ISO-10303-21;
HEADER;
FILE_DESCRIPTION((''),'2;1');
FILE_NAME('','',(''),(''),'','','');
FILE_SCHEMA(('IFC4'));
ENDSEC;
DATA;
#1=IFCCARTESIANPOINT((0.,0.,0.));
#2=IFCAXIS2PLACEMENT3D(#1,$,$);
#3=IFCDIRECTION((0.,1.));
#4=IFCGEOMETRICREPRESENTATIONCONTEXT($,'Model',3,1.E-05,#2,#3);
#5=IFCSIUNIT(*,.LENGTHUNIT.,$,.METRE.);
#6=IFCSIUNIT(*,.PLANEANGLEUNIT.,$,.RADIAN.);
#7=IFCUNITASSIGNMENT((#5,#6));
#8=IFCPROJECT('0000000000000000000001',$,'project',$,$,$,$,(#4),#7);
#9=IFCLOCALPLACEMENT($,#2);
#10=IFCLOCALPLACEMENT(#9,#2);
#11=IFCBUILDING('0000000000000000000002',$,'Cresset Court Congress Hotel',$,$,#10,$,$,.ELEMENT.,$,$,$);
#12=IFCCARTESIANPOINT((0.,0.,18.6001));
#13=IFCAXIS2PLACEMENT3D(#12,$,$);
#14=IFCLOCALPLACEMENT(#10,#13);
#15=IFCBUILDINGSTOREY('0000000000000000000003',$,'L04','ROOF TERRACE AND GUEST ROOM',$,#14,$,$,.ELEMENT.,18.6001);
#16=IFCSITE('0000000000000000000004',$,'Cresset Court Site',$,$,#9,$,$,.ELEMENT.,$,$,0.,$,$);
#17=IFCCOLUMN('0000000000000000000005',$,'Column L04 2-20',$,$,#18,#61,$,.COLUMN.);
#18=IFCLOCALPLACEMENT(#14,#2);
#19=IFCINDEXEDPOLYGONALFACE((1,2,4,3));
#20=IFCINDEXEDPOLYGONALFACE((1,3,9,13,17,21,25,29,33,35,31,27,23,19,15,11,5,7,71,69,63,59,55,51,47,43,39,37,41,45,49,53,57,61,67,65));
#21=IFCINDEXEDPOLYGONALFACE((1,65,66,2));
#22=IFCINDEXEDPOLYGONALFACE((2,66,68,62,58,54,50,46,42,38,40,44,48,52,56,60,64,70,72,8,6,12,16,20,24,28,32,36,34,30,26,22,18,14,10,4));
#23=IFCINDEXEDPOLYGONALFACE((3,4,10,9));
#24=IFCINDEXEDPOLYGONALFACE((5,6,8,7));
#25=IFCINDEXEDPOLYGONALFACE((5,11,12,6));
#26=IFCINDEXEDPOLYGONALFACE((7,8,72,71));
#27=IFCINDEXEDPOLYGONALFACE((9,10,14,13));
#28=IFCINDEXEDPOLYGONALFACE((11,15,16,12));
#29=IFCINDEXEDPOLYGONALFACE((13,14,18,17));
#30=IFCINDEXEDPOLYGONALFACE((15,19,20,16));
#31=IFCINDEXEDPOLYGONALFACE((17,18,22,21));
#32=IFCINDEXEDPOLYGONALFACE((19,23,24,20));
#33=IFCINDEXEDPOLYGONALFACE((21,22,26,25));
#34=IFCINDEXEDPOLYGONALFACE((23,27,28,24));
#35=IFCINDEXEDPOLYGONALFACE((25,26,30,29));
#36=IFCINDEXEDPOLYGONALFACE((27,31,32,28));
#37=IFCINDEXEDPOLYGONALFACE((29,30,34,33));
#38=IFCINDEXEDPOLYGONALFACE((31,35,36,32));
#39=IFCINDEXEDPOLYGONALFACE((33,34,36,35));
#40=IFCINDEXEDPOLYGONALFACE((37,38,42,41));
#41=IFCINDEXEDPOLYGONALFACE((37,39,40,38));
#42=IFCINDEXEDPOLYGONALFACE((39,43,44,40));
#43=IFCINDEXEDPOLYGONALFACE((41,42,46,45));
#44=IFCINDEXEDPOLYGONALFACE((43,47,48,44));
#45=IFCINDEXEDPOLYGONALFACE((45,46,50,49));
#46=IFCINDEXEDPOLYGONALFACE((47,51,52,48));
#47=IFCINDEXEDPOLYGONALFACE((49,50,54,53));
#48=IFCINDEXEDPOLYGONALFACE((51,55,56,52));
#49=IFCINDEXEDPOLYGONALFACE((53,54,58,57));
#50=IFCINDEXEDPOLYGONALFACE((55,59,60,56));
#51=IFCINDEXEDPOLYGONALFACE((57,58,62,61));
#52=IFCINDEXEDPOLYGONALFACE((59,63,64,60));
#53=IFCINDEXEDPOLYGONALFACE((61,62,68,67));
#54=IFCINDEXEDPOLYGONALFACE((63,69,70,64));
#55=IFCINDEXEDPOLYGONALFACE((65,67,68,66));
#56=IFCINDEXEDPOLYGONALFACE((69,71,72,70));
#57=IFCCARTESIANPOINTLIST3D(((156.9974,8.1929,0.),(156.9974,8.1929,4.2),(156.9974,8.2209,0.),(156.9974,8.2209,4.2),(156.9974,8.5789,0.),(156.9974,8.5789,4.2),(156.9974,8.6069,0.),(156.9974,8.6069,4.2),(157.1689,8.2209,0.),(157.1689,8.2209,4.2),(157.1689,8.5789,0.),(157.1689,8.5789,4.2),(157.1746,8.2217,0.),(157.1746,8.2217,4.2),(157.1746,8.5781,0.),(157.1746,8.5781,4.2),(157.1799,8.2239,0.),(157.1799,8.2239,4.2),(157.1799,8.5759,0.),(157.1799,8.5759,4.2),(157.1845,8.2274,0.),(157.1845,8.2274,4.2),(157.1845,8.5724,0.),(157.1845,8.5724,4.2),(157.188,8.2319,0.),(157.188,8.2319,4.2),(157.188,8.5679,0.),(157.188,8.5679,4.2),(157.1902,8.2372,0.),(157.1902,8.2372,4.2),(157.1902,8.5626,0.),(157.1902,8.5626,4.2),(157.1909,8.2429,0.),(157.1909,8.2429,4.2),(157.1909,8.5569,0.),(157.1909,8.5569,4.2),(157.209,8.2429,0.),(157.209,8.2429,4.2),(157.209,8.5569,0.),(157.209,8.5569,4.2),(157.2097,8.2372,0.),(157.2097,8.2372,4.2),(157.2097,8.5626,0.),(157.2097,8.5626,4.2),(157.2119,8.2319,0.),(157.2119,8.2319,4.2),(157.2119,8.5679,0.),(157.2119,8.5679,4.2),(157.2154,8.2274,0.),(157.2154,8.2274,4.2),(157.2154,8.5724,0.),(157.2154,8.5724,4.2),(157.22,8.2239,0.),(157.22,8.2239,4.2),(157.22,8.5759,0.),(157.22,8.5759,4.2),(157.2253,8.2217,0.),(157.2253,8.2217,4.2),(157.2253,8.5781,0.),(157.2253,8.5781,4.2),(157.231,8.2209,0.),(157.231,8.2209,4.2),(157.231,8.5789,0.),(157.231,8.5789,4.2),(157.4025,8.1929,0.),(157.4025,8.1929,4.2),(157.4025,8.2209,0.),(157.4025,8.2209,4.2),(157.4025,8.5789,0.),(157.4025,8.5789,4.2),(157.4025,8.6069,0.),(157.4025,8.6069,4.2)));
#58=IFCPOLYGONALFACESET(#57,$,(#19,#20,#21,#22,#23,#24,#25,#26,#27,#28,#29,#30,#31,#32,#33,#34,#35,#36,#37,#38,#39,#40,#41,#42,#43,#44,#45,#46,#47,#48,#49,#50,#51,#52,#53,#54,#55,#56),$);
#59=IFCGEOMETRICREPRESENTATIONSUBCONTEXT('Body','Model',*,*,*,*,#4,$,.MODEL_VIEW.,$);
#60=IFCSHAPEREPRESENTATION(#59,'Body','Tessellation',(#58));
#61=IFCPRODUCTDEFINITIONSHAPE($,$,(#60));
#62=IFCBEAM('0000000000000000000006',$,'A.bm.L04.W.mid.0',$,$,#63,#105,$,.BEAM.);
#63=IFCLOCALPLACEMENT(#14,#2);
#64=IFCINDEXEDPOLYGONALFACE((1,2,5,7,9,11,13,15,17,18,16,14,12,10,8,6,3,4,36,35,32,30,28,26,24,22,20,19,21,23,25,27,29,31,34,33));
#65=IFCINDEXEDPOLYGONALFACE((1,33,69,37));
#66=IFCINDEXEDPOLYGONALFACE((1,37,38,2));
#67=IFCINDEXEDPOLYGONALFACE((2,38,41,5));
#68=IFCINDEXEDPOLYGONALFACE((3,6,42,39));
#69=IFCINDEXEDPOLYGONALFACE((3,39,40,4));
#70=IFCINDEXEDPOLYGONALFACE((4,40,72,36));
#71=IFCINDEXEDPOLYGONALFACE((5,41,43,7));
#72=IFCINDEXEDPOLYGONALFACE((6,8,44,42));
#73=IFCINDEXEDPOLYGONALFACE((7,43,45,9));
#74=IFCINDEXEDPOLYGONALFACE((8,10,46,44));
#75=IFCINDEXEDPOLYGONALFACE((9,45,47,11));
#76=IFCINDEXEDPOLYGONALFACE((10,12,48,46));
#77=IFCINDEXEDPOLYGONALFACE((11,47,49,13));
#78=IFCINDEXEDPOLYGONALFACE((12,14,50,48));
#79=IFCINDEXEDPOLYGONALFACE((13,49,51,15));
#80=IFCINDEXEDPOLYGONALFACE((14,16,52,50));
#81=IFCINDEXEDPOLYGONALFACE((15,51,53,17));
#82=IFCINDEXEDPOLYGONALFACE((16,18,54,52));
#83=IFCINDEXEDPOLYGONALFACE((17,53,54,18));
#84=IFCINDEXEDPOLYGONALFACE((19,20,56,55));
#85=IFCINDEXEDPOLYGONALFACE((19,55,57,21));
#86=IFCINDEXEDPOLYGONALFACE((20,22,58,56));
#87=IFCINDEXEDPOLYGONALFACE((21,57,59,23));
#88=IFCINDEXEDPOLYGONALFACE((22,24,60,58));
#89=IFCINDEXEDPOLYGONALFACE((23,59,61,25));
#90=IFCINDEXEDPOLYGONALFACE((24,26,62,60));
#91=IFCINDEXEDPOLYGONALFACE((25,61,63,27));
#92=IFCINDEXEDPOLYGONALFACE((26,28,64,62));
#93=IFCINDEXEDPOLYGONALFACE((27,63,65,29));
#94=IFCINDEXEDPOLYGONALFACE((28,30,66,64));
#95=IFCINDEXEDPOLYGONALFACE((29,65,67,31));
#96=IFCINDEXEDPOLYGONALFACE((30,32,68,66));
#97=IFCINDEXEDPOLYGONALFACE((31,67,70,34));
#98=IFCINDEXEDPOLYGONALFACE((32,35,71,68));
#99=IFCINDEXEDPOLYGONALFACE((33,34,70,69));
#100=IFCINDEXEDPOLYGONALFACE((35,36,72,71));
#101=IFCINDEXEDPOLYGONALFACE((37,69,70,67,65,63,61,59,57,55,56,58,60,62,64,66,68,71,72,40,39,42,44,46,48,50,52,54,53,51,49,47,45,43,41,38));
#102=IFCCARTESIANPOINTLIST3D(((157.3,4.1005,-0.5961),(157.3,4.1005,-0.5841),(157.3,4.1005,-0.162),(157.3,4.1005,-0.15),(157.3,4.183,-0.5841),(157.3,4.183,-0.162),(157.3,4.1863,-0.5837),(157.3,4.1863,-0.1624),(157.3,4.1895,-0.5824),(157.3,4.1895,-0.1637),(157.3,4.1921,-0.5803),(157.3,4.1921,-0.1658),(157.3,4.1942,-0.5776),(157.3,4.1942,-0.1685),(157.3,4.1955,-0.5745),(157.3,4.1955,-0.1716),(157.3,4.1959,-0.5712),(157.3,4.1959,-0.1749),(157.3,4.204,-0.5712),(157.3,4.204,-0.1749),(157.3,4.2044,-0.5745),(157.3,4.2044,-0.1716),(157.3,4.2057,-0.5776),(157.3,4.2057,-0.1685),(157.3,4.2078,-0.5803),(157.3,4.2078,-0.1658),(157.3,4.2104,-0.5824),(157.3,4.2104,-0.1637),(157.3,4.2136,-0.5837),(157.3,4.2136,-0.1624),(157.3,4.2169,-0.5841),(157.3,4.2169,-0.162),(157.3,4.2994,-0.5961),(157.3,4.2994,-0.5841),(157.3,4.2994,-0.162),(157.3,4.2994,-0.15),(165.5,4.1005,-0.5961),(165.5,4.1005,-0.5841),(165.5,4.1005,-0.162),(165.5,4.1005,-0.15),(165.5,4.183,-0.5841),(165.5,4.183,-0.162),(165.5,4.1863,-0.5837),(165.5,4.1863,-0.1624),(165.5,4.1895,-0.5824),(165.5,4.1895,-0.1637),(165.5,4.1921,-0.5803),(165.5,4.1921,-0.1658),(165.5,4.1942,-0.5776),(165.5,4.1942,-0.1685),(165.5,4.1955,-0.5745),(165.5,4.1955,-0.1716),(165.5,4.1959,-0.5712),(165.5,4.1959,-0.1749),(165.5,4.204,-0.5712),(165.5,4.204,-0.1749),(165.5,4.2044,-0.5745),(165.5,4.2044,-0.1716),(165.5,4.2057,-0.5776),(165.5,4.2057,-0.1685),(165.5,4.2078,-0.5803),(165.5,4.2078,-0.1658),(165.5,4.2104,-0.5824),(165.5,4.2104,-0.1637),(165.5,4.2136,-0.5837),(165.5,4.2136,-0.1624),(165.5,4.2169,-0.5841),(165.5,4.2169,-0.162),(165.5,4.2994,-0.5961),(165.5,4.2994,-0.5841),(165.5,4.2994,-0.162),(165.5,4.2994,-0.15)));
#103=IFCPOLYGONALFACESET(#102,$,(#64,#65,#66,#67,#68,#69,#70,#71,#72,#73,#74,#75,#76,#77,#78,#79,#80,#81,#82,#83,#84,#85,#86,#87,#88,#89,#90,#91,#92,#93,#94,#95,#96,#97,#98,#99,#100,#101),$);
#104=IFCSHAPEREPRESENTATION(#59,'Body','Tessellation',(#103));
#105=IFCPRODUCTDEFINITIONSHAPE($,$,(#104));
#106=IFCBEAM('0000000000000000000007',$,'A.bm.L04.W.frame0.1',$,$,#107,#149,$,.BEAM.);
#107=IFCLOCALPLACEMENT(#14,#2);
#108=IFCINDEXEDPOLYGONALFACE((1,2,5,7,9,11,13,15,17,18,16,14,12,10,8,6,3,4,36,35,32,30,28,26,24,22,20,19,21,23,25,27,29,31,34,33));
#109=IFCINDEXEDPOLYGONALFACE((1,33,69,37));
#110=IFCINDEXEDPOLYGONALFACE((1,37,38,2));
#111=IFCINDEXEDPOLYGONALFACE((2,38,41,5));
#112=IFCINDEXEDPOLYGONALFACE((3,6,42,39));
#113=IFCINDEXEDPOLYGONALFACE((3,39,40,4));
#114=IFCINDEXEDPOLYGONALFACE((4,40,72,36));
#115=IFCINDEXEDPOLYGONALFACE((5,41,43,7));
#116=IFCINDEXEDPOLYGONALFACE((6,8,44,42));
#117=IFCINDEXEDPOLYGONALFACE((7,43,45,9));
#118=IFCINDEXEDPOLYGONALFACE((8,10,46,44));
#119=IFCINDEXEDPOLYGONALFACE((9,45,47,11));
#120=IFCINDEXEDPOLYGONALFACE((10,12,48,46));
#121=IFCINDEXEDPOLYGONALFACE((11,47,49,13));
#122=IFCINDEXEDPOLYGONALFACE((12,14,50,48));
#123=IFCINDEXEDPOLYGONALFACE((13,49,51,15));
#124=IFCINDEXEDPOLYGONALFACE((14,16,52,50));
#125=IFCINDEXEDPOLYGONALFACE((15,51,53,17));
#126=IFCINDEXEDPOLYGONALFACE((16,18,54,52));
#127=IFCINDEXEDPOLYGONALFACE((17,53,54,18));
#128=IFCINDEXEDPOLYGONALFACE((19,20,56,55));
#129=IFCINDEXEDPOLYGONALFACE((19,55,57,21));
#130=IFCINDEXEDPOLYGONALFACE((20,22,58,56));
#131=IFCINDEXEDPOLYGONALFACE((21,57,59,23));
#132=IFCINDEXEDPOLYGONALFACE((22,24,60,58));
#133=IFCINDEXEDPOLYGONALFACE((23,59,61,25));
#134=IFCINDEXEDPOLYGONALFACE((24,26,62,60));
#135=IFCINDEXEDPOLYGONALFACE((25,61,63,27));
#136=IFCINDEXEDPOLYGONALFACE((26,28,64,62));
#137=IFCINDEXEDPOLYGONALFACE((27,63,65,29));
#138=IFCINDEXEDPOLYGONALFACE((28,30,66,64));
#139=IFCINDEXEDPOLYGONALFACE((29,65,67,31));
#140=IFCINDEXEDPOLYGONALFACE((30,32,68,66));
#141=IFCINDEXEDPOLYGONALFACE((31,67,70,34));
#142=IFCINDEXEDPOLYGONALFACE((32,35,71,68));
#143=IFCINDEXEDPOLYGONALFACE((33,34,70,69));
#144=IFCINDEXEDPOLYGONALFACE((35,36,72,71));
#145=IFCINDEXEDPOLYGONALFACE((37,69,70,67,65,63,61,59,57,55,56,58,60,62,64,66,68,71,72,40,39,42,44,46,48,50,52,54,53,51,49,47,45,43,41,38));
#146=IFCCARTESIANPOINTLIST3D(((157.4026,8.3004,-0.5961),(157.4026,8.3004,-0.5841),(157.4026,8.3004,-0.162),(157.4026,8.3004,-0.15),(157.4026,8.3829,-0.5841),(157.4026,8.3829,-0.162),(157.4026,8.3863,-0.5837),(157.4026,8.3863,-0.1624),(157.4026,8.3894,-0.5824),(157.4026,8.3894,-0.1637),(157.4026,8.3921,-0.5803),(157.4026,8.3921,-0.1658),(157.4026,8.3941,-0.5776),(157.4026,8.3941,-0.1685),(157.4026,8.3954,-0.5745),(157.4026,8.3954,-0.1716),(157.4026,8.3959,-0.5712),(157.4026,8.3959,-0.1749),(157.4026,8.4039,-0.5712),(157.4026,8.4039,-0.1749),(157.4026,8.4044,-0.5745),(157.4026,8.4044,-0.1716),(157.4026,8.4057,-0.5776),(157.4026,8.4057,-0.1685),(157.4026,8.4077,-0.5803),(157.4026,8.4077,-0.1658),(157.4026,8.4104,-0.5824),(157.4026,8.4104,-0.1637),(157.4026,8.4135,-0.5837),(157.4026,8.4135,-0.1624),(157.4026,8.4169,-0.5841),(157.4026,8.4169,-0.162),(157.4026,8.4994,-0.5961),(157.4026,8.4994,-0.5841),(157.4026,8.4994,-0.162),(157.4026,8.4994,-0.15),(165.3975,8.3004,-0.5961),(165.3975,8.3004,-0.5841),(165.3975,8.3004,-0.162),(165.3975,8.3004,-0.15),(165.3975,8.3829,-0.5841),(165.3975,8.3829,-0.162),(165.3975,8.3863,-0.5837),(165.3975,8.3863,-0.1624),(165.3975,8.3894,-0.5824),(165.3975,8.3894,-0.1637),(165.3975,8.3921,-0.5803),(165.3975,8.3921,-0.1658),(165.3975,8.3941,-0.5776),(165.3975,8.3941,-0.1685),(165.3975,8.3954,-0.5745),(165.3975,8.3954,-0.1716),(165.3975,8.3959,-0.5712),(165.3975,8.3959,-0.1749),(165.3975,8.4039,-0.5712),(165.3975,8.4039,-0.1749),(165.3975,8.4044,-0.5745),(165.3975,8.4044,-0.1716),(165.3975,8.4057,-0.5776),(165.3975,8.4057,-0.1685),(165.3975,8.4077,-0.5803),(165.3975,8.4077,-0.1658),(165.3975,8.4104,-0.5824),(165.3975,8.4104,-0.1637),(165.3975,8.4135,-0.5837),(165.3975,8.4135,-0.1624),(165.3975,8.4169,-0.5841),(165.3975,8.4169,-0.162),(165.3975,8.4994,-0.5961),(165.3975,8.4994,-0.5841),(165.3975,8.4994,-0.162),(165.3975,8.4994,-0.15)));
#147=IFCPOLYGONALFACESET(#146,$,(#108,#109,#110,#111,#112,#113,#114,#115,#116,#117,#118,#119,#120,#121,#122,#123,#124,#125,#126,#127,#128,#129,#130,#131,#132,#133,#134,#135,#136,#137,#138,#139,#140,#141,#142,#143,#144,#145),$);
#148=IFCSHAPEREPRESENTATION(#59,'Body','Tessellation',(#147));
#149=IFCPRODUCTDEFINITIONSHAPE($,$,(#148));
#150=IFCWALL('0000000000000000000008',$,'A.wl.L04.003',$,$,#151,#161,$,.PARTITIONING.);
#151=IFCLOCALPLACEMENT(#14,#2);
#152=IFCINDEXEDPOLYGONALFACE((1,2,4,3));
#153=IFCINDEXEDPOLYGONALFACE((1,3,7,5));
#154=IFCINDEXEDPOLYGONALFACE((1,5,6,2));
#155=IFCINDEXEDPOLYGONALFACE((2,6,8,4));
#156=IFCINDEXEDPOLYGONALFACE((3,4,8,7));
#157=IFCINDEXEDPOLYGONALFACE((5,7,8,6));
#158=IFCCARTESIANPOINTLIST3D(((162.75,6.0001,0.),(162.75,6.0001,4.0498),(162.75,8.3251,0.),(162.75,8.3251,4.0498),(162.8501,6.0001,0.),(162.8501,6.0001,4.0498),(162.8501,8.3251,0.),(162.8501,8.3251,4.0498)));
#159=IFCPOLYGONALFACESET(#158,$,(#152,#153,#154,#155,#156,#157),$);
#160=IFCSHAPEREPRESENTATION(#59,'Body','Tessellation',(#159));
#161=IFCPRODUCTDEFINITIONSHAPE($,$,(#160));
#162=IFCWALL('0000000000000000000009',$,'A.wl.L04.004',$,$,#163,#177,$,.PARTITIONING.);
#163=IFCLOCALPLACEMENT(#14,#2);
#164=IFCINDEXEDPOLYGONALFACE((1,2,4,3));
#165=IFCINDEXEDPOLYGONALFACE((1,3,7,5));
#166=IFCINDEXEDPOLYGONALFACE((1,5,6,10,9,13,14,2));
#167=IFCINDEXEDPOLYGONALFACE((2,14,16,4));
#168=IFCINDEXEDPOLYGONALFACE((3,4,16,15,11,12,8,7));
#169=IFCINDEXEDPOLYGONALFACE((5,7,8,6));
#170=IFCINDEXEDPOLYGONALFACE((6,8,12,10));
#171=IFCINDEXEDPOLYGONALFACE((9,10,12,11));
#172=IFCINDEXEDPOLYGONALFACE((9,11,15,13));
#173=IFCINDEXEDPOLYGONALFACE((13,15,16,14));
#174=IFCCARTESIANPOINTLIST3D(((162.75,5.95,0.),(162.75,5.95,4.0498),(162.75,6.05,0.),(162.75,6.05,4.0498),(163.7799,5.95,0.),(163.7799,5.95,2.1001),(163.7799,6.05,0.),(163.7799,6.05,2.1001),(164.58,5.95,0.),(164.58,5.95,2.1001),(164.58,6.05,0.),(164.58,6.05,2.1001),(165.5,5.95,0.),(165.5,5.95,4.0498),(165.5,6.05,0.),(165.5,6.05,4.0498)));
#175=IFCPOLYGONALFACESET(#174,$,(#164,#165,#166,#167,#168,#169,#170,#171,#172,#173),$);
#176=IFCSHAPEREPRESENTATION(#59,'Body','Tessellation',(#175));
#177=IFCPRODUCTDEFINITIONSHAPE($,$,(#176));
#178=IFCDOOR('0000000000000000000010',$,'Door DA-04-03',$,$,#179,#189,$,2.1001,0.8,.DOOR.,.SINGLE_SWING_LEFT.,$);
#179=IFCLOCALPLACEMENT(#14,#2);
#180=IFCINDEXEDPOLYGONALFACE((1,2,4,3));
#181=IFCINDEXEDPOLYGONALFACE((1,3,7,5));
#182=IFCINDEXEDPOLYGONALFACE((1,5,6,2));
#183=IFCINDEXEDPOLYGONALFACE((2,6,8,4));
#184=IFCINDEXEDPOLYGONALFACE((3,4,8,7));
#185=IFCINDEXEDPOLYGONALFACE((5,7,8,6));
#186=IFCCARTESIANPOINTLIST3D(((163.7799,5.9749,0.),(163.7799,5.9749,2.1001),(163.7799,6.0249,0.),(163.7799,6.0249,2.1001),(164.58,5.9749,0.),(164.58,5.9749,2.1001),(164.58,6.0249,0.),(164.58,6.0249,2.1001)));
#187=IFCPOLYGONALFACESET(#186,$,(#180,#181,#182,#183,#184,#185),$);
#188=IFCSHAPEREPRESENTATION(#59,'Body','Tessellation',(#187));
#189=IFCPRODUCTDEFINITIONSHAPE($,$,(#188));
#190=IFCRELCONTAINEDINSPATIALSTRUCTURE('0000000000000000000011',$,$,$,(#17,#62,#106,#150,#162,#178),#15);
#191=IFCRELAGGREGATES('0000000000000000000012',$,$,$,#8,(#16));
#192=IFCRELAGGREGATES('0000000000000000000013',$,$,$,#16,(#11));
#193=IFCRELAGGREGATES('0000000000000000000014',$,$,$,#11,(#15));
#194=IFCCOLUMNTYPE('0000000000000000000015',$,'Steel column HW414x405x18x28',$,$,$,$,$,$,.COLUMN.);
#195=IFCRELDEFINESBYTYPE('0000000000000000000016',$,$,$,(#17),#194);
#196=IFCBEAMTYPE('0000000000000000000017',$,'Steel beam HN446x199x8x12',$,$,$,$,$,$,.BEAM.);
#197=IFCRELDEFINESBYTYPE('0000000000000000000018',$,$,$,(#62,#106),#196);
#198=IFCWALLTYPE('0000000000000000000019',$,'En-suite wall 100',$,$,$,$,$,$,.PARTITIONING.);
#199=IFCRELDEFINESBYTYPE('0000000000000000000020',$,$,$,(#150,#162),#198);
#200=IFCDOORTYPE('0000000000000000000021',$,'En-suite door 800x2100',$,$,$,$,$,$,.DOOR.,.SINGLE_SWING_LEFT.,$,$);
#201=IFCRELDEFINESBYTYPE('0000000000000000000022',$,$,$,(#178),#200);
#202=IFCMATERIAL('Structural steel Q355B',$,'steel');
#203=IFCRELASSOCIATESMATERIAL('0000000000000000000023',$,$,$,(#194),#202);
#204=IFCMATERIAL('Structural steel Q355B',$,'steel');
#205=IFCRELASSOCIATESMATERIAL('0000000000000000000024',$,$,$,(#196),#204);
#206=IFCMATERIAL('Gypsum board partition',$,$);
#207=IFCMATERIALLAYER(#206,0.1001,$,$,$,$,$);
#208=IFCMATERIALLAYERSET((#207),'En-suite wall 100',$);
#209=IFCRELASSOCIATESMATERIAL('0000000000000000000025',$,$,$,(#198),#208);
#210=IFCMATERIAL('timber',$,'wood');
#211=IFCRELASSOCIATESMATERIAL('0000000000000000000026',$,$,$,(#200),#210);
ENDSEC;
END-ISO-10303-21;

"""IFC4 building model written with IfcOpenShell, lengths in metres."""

from ifc_helpers import new_model, si_unit, direction, frame, frame_2d, origin, origin_2d, place, context, subcontext, project, spatial, rectangle, i_section, extrude, material, layer, layer_set, material_profile, profile_set, type_object, element, fill, save


model = new_model("IFC4")

# Units and contexts
model_context = context("Model", 3, precision=1e-05, world=origin(), true_north=direction((0.0, 1.0)))
body_context = subcontext(model_context, "Body", "Model", "MODEL_VIEW")
ifc_project = project(units=[si_unit("LENGTHUNIT", "METRE"), si_unit("PLANEANGLEUNIT", "RADIAN")], contexts=[model_context])

# Site, building, storey
site_placement = place(None, origin())
site = spatial("IfcSite", under=ifc_project, at=site_placement, Name="Cresset Court Site", CompositionType="ELEMENT", RefElevation=0.0)
building_placement = place(site_placement, origin())
building = spatial("IfcBuilding", under=site, at=building_placement, Name="Cresset Court Congress Hotel", CompositionType="ELEMENT")
storey_placement = place(building_placement, frame((0.0, 0.0, 18.6001)))
storey = spatial("IfcBuildingStorey", under=building, at=storey_placement, Name="L04", Description="ROOF TERRACE AND GUEST ROOM", CompositionType="ELEMENT", Elevation=18.6001)

# Column
ifc_material_1 = material(Name="Structural steel Q355B", Category="steel")
ifc_material_profile_1 = material_profile(ifc_material_1, i_section(OverallWidth=0.405, OverallDepth=0.4141, WebThickness=0.0181, FlangeThickness=0.0281, FilletRadius=0.022, at=origin_2d()), Name="HW414x405x18x28")
ifc_profile_set_1 = profile_set([ifc_material_profile_1], Name="Structural steel Q355B")
column_type = type_object("IfcColumnType", Name="Steel column HW414x405x18x28", PredefinedType="COLUMN", material=ifc_profile_set_1)
column_placement = place(storey_placement, frame((157.2, 8.3999, 0.0), z_axis=(0.0, 0.0, 1.0), x_axis=(1.0, 0.0, 0.0)))
element("IfcColumn", 1, at=column_placement, inside=storey, type_object=column_type, Name="Column L04 2-20", PredefinedType="COLUMN", context=body_context, shape_type="SweptSolid", body=[
    extrude(i_section(OverallWidth=0.405, OverallDepth=0.4141, WebThickness=0.0181, FlangeThickness=0.0281, FilletRadius=0.022, at=origin_2d()), origin(), (0.0, 0.0, 1.0), 4.2),
])

# Beams
ifc_material_2 = material(Name="Structural steel Q355B", Category="steel")
ifc_material_profile_2 = material_profile(ifc_material_2, i_section(OverallWidth=0.199, OverallDepth=0.446, WebThickness=0.0081, FlangeThickness=0.012, FilletRadius=0.0129, at=origin_2d()), Name="HN446x199x8x12")
ifc_profile_set_2 = profile_set([ifc_material_profile_2], Name="Structural steel Q355B")
beam_type = type_object("IfcBeamType", Name="Steel beam HN446x199x8x12", PredefinedType="BEAM", material=ifc_profile_set_2)
beam_1_placement = place(storey_placement, frame((157.3, 4.2, -0.373), z_axis=(1.0, 0.0, 0.0), x_axis=(0.0, 1.0, 0.0)))
element("IfcBeam", 2, at=beam_1_placement, inside=storey, type_object=beam_type, Name="A.bm.L04.W.mid.0", PredefinedType="BEAM", context=body_context, shape_type="SweptSolid", body=[
    extrude(i_section(OverallWidth=0.199, OverallDepth=0.446, WebThickness=0.0081, FlangeThickness=0.012, FilletRadius=0.0129, at=origin_2d()), origin(), (0.0, 0.0, 1.0), 8.2),
])
beam_2_placement = place(storey_placement, frame((157.4026, 8.3999, -0.373), z_axis=(1.0, 0.0, 0.0), x_axis=(0.0, 1.0, 0.0)))
element("IfcBeam", 3, at=beam_2_placement, inside=storey, type_object=beam_type, Name="A.bm.L04.W.frame0.1", PredefinedType="BEAM", context=body_context, shape_type="SweptSolid", body=[
    extrude(i_section(OverallWidth=0.199, OverallDepth=0.446, WebThickness=0.0081, FlangeThickness=0.012, FilletRadius=0.0129, at=origin_2d()), origin(), (0.0, 0.0, 1.0), 7.9949),
])

# Wall
ifc_material_3 = material(Name="Gypsum board partition")
ifc_layer_1 = layer(ifc_material_3, 0.1001)
ifc_layer_set_1 = layer_set([ifc_layer_1], Name="En-suite wall 100")
wall_type_1 = type_object("IfcWallType", Name="En-suite wall 100", PredefinedType="PARTITIONING", material=ifc_layer_set_1)
wall_1_placement = place(storey_placement, frame((162.8, 6.0, 0.0), z_axis=(0.0, 0.0, 1.0), x_axis=(0.0, 1.0, 0.0)))
element("IfcWall", 4, at=wall_1_placement, inside=storey, type_object=wall_type_1, Name="A.wl.L04.003", PredefinedType="PARTITIONING", context=body_context, shape_type="SweptSolid", body=[
    extrude(rectangle(XDim=2.325, YDim=0.1001, at=frame_2d((1.1626, 0.0))), origin(), (0.0, 0.0, 1.0), 4.0498),
])

# Wall, opening, door
wall_2_placement = place(storey_placement, frame((162.75, 6.0, 0.0), z_axis=(0.0, 0.0, 1.0), x_axis=(1.0, 0.0, 0.0)))
wall_2 = element("IfcWall", 5, at=wall_2_placement, inside=storey, type_object=wall_type_1, Name="A.wl.L04.004", PredefinedType="PARTITIONING", context=body_context, shape_type="SweptSolid", body=[
    extrude(rectangle(XDim=2.75, YDim=0.1001, at=frame_2d((1.375, 0.0))), origin(), (0.0, 0.0, 1.0), 4.0498),
])
opening_placement = place(wall_2_placement, frame((1.03, 0.0, 0.0)))
opening = element("IfcOpeningElement", 6, at=opening_placement, cuts=wall_2, PredefinedType="OPENING", context=body_context, shape_type="SweptSolid", body=[
    extrude(rectangle(XDim=0.8, YDim=2.1001, at=frame_2d((0.3999, 1.05))), frame((0.0, 0.0601, 0.0), z_axis=(0.0, -1.0, 0.0), x_axis=(1.0, 0.0, 0.0)), (0.0, 0.0, 1.0), 0.1201),
])
ifc_material_4 = material(Name="timber", Category="wood")
door_type = type_object("IfcDoorType", Name="En-suite door 800x2100", OperationType="SINGLE_SWING_LEFT", PredefinedType="DOOR", material=ifc_material_4)
door_placement = place(opening_placement, origin())
door = element("IfcDoor", 7, at=door_placement, inside=storey, type_object=door_type, Name="Door DA-04-03", OperationType="SINGLE_SWING_LEFT", OverallHeight=2.1001, OverallWidth=0.8, PredefinedType="DOOR", context=body_context, shape_type="SweptSolid", body=[
    extrude(rectangle(XDim=0.8, YDim=2.1001, at=frame_2d((0.3999, 1.05))), frame((0.0, 0.0249, 0.0), z_axis=(0.0, -1.0, 0.0), x_axis=(1.0, 0.0, 0.0)), (0.0, 0.0, 1.0), 0.05),
])
fill(opening, door)

save(model, "model.ifc")
